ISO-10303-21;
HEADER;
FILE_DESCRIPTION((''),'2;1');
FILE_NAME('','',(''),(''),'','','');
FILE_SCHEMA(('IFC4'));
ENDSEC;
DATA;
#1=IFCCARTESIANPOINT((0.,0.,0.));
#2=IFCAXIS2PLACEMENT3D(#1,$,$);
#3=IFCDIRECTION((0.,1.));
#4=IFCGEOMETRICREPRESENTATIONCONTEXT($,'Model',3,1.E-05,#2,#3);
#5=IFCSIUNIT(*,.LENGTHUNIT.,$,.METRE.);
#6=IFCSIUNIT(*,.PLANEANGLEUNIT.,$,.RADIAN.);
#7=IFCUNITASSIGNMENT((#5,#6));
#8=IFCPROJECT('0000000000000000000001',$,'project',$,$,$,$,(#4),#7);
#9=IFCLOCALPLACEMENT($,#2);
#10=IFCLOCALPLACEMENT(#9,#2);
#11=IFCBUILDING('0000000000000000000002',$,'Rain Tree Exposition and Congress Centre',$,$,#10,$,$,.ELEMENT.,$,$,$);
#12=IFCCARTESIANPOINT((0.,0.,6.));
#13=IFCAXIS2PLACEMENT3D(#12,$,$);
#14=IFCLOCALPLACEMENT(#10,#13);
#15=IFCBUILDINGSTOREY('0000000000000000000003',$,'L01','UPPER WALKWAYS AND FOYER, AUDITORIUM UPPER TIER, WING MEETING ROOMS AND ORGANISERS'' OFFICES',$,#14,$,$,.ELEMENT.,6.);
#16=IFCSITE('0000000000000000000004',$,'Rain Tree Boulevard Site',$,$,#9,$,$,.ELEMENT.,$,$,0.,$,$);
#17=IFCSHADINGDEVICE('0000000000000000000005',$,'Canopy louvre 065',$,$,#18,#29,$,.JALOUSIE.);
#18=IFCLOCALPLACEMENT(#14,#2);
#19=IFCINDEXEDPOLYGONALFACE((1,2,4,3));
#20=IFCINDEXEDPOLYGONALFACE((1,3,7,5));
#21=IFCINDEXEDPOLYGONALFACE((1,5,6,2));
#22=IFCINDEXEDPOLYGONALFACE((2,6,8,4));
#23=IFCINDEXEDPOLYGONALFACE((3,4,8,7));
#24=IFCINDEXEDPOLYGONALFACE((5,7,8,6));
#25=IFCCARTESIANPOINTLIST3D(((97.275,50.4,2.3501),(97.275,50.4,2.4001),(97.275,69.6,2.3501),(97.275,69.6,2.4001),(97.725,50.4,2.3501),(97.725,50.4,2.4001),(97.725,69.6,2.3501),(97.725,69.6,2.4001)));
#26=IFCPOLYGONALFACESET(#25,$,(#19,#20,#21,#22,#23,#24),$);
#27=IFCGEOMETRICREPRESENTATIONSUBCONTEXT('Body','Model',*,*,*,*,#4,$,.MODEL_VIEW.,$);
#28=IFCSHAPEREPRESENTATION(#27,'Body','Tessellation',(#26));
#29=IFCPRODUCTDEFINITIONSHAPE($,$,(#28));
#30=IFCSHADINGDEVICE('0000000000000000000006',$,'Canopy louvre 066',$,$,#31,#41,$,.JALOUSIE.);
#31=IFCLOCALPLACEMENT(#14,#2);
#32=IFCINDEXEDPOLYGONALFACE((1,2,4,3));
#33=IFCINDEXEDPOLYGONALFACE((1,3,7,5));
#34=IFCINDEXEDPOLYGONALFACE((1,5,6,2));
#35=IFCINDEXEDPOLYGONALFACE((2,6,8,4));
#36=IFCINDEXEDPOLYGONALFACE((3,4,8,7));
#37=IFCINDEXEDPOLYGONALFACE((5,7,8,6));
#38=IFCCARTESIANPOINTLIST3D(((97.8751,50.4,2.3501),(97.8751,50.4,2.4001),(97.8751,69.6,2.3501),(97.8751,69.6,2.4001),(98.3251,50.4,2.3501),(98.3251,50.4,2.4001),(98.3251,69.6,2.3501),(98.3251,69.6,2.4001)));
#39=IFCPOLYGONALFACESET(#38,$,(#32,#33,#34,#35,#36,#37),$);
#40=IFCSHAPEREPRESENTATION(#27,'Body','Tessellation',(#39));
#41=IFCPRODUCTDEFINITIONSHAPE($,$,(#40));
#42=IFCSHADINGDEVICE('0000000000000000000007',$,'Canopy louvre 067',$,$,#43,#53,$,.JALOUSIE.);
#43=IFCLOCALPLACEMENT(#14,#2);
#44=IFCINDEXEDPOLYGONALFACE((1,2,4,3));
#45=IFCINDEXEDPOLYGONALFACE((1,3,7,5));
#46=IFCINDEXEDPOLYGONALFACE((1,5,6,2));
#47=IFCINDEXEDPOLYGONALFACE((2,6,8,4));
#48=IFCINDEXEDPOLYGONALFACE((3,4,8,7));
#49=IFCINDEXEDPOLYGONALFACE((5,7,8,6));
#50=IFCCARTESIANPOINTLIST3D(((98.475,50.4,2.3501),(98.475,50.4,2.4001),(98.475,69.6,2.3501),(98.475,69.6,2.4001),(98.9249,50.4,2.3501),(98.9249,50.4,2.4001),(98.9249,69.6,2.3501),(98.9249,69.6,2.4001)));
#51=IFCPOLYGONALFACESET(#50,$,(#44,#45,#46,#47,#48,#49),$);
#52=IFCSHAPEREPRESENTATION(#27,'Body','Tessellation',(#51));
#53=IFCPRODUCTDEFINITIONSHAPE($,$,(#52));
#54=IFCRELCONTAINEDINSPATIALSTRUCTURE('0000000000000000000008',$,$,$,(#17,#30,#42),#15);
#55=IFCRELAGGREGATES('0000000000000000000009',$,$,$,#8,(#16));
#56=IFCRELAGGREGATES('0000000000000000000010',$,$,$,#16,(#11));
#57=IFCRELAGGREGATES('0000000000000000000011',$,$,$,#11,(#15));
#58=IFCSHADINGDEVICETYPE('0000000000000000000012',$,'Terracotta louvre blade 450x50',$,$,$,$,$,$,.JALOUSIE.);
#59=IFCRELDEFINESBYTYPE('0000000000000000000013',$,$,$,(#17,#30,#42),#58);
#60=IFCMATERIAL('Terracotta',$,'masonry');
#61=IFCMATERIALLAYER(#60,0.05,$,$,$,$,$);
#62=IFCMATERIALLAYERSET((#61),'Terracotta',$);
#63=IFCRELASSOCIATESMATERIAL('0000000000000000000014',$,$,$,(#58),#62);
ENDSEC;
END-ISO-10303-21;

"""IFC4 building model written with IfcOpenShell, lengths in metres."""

from ifc_helpers import new_model, si_unit, direction, frame, origin, origin_2d, place, context, subcontext, project, spatial, rectangle, extrude, material, layer, layer_set, type_object, element, save


model = new_model("IFC4")

# Units and contexts
model_context = context("Model", 3, precision=1e-05, world=origin(), true_north=direction((0.0, 1.0)))
body_context = subcontext(model_context, "Body", "Model", "MODEL_VIEW")
ifc_project = project(units=[si_unit("LENGTHUNIT", "METRE"), si_unit("PLANEANGLEUNIT", "RADIAN")], contexts=[model_context])

# Site, building, storey
site_placement = place(None, origin())
site = spatial("IfcSite", under=ifc_project, at=site_placement, Name="Rain Tree Boulevard Site", CompositionType="ELEMENT", RefElevation=0.0)
building_placement = place(site_placement, origin())
building = spatial("IfcBuilding", under=site, at=building_placement, Name="Rain Tree Exposition and Congress Centre", CompositionType="ELEMENT")
storey_placement = place(building_placement, frame((0.0, 0.0, 6.0)))
storey = spatial("IfcBuildingStorey", under=building, at=storey_placement, Name="L01", Description="UPPER WALKWAYS AND FOYER, AUDITORIUM UPPER TIER, WING MEETING ROOMS AND ORGANISERS' OFFICES", CompositionType="ELEMENT", Elevation=6.0)

# Shading devices
ifc_material_1 = material(Name="Terracotta", Category="masonry")
ifc_layer = layer(ifc_material_1, 0.05)
ifc_layer_set = layer_set([ifc_layer], Name="Terracotta")
shading_device_type = type_object("IfcShadingDeviceType", Name="Terracotta louvre blade 450x50", PredefinedType="JALOUSIE", material=ifc_layer_set)
for number, where, z_axis, x_axis, name in (
    (1, (97.5, 60.0, 2.3501), (0.0, 0.0, 1.0), (1.0, 0.0, 0.0), "Canopy louvre 065"),
    (2, (98.1001, 60.0, 2.3501), (0.0, 0.0, 1.0), (1.0, 0.0, 0.0), "Canopy louvre 066"),
    (3, (98.7, 60.0, 2.3501), (0.0, 0.0, 1.0), (1.0, 0.0, 0.0), "Canopy louvre 067"),
):
    element("IfcShadingDevice", number, at=place(storey_placement, frame(where, z_axis=z_axis, x_axis=x_axis)), inside=storey, type_object=shading_device_type, Name=name, PredefinedType="JALOUSIE", context=body_context, shape_type="SweptSolid", body=[
        extrude(rectangle(XDim=0.45, YDim=19.2, at=origin_2d()), origin(), (0.0, 0.0, 1.0), 0.05),
    ])

save(model, "model.ifc")
